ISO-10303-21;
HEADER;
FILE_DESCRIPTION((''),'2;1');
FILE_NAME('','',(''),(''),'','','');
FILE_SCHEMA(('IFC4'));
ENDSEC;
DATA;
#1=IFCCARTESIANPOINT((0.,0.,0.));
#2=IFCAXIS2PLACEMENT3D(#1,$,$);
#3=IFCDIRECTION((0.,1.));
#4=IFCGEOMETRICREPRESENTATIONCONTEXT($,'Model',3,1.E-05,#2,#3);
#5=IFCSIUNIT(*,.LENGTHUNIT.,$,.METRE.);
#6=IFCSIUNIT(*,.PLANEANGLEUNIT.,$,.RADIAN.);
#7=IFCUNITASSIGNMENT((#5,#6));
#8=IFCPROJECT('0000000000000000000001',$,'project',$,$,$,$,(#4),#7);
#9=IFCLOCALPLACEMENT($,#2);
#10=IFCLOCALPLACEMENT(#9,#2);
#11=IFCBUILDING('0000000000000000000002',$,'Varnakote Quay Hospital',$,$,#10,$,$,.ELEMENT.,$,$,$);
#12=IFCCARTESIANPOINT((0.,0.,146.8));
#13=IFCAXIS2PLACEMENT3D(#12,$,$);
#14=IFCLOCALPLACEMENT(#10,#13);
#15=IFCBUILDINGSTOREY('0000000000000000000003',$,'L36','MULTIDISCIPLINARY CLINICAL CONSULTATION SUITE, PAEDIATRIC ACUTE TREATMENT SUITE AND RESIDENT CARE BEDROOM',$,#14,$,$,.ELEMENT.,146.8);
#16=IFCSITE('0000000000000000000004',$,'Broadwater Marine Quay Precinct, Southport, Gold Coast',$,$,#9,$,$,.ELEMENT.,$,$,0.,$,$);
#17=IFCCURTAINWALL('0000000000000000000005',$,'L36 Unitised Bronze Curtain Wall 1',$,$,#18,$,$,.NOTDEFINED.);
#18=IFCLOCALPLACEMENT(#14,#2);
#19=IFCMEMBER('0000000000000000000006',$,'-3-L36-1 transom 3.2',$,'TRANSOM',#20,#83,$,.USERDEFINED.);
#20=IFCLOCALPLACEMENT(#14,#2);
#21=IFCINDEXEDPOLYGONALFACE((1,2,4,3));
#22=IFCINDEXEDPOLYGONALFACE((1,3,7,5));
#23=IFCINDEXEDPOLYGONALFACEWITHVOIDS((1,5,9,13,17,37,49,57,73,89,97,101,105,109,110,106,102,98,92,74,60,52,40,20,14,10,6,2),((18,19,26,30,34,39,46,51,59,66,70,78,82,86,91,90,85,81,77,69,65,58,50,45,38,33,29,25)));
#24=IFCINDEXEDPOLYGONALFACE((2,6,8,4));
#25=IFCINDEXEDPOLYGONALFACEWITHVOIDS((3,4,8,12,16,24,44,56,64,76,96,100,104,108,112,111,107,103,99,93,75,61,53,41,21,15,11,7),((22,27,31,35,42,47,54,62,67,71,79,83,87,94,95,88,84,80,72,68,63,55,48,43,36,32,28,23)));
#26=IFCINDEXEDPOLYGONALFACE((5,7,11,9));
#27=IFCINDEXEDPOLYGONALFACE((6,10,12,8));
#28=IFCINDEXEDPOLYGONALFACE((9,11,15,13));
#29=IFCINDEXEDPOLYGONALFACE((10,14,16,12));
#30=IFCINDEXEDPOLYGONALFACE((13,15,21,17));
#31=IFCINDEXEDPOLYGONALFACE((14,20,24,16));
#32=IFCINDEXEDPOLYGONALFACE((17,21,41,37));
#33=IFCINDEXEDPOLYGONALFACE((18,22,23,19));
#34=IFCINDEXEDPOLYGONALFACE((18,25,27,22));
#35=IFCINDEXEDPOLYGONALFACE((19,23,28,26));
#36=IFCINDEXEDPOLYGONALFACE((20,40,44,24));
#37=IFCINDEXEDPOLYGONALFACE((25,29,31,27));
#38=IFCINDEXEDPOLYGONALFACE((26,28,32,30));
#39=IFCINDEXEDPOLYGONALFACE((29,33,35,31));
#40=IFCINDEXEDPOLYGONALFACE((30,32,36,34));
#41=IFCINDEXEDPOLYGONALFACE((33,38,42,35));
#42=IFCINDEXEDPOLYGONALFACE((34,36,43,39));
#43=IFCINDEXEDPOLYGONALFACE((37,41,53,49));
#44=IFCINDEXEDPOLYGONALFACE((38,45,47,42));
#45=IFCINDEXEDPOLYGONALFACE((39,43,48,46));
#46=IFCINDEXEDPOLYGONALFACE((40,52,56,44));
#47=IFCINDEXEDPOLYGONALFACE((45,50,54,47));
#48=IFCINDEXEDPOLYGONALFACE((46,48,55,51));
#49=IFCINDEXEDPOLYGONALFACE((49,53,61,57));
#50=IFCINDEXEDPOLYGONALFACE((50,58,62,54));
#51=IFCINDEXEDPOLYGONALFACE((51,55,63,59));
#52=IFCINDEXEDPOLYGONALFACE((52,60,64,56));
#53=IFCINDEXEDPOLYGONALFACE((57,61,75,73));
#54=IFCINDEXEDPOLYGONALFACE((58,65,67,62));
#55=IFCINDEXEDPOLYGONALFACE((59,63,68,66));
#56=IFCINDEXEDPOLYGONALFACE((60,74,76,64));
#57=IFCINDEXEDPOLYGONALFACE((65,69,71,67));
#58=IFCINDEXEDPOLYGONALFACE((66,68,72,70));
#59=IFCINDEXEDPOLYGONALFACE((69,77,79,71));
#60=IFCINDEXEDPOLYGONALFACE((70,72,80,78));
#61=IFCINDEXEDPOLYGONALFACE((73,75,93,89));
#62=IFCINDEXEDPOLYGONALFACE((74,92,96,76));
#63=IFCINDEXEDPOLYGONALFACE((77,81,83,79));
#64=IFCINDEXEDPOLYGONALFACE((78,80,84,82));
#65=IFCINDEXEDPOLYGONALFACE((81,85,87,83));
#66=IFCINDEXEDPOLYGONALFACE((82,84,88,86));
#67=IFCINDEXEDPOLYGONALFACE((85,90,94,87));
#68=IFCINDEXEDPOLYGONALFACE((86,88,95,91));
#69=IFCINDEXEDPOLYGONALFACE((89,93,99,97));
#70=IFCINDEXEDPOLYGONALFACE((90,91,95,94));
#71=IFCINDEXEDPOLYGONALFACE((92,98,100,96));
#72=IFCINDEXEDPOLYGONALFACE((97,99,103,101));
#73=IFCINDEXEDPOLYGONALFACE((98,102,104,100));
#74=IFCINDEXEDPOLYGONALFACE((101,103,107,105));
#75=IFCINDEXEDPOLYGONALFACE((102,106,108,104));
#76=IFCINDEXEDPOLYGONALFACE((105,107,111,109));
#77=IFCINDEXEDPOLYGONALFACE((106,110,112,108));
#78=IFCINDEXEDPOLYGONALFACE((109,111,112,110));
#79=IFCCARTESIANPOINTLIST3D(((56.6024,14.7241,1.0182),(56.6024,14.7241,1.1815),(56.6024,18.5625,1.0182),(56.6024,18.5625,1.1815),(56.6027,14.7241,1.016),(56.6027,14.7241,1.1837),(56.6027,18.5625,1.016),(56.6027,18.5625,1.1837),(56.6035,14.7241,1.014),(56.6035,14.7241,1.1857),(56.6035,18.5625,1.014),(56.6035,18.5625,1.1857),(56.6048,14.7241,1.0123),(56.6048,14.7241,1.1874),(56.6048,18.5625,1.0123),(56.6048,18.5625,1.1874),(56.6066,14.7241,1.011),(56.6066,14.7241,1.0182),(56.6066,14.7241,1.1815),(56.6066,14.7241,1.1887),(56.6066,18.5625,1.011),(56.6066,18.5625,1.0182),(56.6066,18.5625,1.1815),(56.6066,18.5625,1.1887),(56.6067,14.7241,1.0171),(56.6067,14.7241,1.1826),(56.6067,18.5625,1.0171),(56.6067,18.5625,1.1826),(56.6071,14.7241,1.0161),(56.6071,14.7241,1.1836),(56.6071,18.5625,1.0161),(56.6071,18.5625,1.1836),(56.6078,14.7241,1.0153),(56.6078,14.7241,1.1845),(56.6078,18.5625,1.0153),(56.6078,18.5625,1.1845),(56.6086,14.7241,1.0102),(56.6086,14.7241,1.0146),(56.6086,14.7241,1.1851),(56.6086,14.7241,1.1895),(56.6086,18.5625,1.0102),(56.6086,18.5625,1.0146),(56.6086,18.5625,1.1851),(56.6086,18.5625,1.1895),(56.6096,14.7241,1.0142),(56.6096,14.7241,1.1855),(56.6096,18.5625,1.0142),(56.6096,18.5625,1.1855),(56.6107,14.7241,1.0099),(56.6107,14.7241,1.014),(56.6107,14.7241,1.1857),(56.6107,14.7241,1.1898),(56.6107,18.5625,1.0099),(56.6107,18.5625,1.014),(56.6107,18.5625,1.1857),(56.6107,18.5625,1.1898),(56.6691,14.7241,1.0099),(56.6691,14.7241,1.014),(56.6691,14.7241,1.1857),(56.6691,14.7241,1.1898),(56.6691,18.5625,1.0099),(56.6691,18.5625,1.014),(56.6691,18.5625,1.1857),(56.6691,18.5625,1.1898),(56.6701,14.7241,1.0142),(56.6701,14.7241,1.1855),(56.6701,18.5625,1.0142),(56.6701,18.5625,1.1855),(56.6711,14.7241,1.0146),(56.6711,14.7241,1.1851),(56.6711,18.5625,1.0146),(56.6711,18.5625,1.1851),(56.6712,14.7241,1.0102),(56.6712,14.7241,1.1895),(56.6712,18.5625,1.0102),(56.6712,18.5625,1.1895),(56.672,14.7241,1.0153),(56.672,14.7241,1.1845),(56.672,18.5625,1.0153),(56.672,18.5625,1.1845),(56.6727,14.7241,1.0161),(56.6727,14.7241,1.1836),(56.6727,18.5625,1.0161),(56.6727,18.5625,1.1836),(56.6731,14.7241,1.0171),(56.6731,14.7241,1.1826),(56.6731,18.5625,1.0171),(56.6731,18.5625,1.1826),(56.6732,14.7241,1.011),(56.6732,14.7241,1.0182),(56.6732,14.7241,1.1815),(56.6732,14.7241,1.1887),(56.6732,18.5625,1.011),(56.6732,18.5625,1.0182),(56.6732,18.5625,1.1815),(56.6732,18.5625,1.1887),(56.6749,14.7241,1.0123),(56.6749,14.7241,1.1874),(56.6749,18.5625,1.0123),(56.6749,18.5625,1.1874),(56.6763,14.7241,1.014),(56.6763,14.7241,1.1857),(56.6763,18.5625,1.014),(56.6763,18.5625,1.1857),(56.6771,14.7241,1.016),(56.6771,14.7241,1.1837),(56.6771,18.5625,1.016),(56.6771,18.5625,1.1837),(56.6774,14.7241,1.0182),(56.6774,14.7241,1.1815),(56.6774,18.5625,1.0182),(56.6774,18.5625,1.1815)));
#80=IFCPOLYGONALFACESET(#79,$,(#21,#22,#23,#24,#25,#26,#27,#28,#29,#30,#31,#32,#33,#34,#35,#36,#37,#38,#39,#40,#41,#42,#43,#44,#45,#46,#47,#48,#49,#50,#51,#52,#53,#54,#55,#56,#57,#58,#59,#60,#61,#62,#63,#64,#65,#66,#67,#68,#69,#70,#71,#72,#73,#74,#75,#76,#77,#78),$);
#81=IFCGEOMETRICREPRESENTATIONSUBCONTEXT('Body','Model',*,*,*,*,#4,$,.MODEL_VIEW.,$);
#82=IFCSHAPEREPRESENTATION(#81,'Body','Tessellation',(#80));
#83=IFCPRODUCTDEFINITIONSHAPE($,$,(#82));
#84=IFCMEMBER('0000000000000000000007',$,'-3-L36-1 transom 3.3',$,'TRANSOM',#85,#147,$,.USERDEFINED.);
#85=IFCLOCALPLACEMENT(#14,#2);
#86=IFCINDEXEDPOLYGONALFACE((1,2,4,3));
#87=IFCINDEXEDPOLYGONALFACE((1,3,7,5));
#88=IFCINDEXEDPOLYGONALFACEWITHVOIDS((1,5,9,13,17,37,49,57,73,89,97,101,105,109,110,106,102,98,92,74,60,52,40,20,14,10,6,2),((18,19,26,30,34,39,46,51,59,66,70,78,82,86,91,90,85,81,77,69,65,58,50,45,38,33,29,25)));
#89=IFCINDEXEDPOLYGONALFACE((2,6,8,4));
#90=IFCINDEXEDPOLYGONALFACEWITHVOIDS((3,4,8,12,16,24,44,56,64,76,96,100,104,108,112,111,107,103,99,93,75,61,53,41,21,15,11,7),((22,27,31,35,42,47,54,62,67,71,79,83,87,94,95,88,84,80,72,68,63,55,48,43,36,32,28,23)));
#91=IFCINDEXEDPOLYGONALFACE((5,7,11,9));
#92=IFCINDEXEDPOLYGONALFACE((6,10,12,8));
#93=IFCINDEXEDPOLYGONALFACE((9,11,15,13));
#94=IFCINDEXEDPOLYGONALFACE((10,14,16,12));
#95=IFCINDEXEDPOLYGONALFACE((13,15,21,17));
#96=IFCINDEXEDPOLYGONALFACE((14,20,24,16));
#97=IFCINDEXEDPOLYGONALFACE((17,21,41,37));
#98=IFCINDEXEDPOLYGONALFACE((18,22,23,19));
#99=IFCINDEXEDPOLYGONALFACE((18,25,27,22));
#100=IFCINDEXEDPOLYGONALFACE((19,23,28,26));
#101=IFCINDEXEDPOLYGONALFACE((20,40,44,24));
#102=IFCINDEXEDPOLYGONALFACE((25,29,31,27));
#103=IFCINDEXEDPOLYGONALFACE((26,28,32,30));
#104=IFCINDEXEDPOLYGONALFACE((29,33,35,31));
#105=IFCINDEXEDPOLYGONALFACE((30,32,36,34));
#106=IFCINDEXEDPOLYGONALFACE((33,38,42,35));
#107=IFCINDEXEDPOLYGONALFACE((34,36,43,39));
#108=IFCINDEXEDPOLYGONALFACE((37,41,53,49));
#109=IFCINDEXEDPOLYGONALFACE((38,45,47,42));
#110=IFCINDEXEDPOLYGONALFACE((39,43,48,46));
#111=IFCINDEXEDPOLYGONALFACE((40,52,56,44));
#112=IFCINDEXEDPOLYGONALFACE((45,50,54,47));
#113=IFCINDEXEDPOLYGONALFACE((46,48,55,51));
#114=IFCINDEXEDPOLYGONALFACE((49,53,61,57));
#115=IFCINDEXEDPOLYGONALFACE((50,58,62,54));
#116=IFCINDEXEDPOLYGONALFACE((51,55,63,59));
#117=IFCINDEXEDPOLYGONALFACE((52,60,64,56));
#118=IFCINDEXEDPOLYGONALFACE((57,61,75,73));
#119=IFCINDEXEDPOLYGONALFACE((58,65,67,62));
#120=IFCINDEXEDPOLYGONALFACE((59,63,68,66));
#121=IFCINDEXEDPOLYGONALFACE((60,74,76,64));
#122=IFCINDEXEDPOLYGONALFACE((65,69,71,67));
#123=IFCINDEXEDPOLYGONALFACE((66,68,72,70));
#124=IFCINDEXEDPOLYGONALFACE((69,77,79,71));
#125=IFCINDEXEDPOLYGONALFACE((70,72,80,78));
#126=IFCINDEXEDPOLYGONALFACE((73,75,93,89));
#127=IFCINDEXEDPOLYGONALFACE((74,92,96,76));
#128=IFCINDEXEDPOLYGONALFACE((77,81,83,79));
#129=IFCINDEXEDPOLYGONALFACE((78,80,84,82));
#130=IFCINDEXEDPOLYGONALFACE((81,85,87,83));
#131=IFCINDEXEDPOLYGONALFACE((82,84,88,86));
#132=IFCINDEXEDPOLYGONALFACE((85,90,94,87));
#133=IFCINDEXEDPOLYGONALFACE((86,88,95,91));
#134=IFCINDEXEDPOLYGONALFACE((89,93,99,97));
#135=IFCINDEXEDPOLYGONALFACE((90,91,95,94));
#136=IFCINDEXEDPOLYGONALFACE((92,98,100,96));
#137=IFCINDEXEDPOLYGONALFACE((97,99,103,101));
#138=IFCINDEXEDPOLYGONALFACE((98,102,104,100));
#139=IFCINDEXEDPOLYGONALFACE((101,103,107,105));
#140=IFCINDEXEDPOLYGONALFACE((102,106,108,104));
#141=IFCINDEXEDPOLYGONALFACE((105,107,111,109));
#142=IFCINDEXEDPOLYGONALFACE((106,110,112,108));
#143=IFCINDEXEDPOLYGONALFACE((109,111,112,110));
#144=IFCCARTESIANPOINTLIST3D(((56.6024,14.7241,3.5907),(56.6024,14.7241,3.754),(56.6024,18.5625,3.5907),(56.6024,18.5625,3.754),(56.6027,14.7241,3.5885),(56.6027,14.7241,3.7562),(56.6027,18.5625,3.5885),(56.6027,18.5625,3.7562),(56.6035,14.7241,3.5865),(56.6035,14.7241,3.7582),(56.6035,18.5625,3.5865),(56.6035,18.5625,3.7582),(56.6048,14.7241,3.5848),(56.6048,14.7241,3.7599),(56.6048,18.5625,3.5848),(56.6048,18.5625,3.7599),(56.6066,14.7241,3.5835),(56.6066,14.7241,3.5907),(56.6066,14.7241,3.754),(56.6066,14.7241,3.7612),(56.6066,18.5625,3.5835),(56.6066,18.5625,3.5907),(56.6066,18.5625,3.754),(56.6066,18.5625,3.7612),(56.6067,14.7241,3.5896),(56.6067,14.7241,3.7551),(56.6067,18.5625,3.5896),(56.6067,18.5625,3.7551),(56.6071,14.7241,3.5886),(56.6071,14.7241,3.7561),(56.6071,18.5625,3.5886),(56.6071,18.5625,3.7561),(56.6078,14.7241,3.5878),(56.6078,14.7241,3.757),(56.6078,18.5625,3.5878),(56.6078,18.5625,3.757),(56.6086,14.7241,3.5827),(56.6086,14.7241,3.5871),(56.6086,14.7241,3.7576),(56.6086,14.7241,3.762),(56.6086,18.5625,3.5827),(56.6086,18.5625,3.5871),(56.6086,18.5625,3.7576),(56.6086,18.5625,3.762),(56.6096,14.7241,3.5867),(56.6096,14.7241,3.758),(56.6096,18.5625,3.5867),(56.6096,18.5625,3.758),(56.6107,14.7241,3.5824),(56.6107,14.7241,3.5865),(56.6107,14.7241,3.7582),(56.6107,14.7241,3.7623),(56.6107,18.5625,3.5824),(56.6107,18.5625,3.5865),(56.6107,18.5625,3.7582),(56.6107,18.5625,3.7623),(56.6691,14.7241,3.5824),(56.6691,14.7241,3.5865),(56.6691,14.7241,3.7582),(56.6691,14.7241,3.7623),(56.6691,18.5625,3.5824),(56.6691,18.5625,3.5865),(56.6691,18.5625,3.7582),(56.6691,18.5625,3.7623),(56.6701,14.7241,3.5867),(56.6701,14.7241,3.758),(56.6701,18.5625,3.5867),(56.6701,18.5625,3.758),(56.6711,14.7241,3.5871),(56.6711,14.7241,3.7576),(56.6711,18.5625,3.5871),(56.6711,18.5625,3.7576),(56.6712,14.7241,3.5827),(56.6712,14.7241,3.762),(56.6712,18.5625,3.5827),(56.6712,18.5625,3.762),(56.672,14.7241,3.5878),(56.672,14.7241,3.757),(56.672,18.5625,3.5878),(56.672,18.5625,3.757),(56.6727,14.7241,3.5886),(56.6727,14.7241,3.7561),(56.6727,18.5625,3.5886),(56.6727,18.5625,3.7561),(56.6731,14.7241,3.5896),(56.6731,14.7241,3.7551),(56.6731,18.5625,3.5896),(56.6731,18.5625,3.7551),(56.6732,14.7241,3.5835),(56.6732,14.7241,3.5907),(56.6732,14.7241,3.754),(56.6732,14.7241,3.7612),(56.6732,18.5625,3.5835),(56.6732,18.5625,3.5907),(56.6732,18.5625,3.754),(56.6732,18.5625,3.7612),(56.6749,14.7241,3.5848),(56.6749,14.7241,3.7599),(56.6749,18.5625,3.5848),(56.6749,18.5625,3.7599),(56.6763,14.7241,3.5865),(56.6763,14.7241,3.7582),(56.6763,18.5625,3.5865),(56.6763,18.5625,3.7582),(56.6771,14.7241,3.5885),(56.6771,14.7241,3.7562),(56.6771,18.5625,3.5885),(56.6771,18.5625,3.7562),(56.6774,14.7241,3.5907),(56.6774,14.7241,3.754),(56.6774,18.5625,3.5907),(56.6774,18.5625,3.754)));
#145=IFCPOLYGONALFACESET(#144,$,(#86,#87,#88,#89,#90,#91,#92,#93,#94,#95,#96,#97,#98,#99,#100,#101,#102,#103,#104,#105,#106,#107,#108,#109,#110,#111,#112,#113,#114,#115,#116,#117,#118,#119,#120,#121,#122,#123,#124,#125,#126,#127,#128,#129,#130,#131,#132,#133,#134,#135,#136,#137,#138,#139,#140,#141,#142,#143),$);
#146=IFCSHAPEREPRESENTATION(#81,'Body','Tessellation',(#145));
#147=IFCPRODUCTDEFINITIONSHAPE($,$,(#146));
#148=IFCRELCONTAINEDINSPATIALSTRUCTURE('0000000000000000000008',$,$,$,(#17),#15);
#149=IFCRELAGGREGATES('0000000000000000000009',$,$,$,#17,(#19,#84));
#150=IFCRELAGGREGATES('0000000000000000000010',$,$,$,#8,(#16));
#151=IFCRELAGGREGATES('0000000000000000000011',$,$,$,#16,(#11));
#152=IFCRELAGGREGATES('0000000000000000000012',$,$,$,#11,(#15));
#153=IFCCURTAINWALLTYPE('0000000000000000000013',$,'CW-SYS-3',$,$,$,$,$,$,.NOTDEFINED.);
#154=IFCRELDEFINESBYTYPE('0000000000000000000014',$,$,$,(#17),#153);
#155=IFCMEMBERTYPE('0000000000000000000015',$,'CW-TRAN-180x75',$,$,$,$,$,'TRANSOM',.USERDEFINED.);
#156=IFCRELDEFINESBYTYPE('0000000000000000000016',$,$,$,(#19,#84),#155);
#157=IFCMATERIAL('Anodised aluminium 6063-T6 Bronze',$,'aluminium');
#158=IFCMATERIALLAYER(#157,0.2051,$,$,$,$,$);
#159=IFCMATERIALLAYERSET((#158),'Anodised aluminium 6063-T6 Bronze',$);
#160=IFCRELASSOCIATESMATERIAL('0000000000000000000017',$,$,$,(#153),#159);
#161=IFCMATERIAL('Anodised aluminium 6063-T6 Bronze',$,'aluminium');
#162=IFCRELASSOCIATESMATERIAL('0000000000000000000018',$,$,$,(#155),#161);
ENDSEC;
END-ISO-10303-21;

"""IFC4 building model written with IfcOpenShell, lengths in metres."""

from ifc_helpers import new_model, si_unit, direction, frame, origin, origin_2d, place, context, subcontext, project, spatial, hollow_rectangle, extrude, material, layer, layer_set, material_profile, profile_set, type_object, element, aggregate, save


model = new_model("IFC4")

# Units and contexts
model_context = context("Model", 3, precision=1e-05, world=origin(), true_north=direction((0.0, 1.0)))
body_context = subcontext(model_context, "Body", "Model", "MODEL_VIEW")
ifc_project = project(units=[si_unit("LENGTHUNIT", "METRE"), si_unit("PLANEANGLEUNIT", "RADIAN")], contexts=[model_context])

# Site, building, storey
site_placement = place(None, origin())
site = spatial("IfcSite", under=ifc_project, at=site_placement, Name="Broadwater Marine Quay Precinct, Southport, Gold Coast", CompositionType="ELEMENT", RefElevation=0.0)
building_placement = place(site_placement, origin())
building = spatial("IfcBuilding", under=site, at=building_placement, Name="Varnakote Quay Hospital", CompositionType="ELEMENT")
storey_placement = place(building_placement, frame((0.0, 0.0, 146.8)))
storey = spatial("IfcBuildingStorey", under=building, at=storey_placement, Name="L36", Description="MULTIDISCIPLINARY CLINICAL CONSULTATION SUITE, PAEDIATRIC ACUTE TREATMENT SUITE AND RESIDENT CARE BEDROOM", CompositionType="ELEMENT", Elevation=146.8)

# Curtain wall, members
ifc_material_1 = material(Name="Anodised aluminium 6063-T6 Bronze", Category="aluminium")
ifc_layer_1 = layer(ifc_material_1, 0.2051)
ifc_layer_set_1 = layer_set([ifc_layer_1], Name="Anodised aluminium 6063-T6 Bronze")
curtain_wall_type = type_object("IfcCurtainWallType", Name="CW-SYS-3", PredefinedType="NOTDEFINED", material=ifc_layer_set_1)
curtain_wall_placement = place(storey_placement, origin())
curtain_wall = element("IfcCurtainWall", 1, at=curtain_wall_placement, inside=storey, type_object=curtain_wall_type, Name="L36 Unitised Bronze Curtain Wall 1", PredefinedType="NOTDEFINED")
ifc_material_2 = material(Name="Anodised aluminium 6063-T6 Bronze", Category="aluminium")
ifc_material_profile_1 = material_profile(ifc_material_2, hollow_rectangle(XDim=0.075, YDim=0.1799, WallThickness=0.0042, InnerFilletRadius=0.0042, OuterFilletRadius=0.0083, at=origin_2d()), Name="CW-TRAN-180x75")
ifc_profile_set_1 = profile_set([ifc_material_profile_1], Name="Anodised aluminium 6063-T6 Bronze")
member_type_1 = type_object("IfcMemberType", Name="CW-TRAN-180x75", ElementType="TRANSOM", PredefinedType="USERDEFINED", material=ifc_profile_set_1)
member_1_placement = place(storey_placement, frame((56.6399, 14.7241, 1.0999), z_axis=(0.0, 1.0, 0.0), x_axis=(-1.0, 0.0, 0.0)))
member_1 = element("IfcMember", 2, at=member_1_placement, type_object=member_type_1, Name="-3-L36-1 transom 3.2", ObjectType="TRANSOM", PredefinedType="USERDEFINED", context=body_context, shape_type="SweptSolid", body=[
    extrude(hollow_rectangle(XDim=0.075, YDim=0.1799, WallThickness=0.0042, InnerFilletRadius=0.0042, OuterFilletRadius=0.0083, at=origin_2d()), origin(), (0.0, 0.0, 1.0), 3.8384),
])
member_2_placement = place(storey_placement, frame((56.6399, 14.7241, 3.6724), z_axis=(0.0, 1.0, 0.0), x_axis=(-1.0, 0.0, 0.0)))
member_2 = element("IfcMember", 3, at=member_2_placement, type_object=member_type_1, Name="-3-L36-1 transom 3.3", ObjectType="TRANSOM", PredefinedType="USERDEFINED", context=body_context, shape_type="SweptSolid", body=[
    extrude(hollow_rectangle(XDim=0.075, YDim=0.1799, WallThickness=0.0042, InnerFilletRadius=0.0042, OuterFilletRadius=0.0083, at=origin_2d()), origin(), (0.0, 0.0, 1.0), 3.8384),
])
aggregate(curtain_wall, [member_1, member_2])

save(model, "model.ifc")
